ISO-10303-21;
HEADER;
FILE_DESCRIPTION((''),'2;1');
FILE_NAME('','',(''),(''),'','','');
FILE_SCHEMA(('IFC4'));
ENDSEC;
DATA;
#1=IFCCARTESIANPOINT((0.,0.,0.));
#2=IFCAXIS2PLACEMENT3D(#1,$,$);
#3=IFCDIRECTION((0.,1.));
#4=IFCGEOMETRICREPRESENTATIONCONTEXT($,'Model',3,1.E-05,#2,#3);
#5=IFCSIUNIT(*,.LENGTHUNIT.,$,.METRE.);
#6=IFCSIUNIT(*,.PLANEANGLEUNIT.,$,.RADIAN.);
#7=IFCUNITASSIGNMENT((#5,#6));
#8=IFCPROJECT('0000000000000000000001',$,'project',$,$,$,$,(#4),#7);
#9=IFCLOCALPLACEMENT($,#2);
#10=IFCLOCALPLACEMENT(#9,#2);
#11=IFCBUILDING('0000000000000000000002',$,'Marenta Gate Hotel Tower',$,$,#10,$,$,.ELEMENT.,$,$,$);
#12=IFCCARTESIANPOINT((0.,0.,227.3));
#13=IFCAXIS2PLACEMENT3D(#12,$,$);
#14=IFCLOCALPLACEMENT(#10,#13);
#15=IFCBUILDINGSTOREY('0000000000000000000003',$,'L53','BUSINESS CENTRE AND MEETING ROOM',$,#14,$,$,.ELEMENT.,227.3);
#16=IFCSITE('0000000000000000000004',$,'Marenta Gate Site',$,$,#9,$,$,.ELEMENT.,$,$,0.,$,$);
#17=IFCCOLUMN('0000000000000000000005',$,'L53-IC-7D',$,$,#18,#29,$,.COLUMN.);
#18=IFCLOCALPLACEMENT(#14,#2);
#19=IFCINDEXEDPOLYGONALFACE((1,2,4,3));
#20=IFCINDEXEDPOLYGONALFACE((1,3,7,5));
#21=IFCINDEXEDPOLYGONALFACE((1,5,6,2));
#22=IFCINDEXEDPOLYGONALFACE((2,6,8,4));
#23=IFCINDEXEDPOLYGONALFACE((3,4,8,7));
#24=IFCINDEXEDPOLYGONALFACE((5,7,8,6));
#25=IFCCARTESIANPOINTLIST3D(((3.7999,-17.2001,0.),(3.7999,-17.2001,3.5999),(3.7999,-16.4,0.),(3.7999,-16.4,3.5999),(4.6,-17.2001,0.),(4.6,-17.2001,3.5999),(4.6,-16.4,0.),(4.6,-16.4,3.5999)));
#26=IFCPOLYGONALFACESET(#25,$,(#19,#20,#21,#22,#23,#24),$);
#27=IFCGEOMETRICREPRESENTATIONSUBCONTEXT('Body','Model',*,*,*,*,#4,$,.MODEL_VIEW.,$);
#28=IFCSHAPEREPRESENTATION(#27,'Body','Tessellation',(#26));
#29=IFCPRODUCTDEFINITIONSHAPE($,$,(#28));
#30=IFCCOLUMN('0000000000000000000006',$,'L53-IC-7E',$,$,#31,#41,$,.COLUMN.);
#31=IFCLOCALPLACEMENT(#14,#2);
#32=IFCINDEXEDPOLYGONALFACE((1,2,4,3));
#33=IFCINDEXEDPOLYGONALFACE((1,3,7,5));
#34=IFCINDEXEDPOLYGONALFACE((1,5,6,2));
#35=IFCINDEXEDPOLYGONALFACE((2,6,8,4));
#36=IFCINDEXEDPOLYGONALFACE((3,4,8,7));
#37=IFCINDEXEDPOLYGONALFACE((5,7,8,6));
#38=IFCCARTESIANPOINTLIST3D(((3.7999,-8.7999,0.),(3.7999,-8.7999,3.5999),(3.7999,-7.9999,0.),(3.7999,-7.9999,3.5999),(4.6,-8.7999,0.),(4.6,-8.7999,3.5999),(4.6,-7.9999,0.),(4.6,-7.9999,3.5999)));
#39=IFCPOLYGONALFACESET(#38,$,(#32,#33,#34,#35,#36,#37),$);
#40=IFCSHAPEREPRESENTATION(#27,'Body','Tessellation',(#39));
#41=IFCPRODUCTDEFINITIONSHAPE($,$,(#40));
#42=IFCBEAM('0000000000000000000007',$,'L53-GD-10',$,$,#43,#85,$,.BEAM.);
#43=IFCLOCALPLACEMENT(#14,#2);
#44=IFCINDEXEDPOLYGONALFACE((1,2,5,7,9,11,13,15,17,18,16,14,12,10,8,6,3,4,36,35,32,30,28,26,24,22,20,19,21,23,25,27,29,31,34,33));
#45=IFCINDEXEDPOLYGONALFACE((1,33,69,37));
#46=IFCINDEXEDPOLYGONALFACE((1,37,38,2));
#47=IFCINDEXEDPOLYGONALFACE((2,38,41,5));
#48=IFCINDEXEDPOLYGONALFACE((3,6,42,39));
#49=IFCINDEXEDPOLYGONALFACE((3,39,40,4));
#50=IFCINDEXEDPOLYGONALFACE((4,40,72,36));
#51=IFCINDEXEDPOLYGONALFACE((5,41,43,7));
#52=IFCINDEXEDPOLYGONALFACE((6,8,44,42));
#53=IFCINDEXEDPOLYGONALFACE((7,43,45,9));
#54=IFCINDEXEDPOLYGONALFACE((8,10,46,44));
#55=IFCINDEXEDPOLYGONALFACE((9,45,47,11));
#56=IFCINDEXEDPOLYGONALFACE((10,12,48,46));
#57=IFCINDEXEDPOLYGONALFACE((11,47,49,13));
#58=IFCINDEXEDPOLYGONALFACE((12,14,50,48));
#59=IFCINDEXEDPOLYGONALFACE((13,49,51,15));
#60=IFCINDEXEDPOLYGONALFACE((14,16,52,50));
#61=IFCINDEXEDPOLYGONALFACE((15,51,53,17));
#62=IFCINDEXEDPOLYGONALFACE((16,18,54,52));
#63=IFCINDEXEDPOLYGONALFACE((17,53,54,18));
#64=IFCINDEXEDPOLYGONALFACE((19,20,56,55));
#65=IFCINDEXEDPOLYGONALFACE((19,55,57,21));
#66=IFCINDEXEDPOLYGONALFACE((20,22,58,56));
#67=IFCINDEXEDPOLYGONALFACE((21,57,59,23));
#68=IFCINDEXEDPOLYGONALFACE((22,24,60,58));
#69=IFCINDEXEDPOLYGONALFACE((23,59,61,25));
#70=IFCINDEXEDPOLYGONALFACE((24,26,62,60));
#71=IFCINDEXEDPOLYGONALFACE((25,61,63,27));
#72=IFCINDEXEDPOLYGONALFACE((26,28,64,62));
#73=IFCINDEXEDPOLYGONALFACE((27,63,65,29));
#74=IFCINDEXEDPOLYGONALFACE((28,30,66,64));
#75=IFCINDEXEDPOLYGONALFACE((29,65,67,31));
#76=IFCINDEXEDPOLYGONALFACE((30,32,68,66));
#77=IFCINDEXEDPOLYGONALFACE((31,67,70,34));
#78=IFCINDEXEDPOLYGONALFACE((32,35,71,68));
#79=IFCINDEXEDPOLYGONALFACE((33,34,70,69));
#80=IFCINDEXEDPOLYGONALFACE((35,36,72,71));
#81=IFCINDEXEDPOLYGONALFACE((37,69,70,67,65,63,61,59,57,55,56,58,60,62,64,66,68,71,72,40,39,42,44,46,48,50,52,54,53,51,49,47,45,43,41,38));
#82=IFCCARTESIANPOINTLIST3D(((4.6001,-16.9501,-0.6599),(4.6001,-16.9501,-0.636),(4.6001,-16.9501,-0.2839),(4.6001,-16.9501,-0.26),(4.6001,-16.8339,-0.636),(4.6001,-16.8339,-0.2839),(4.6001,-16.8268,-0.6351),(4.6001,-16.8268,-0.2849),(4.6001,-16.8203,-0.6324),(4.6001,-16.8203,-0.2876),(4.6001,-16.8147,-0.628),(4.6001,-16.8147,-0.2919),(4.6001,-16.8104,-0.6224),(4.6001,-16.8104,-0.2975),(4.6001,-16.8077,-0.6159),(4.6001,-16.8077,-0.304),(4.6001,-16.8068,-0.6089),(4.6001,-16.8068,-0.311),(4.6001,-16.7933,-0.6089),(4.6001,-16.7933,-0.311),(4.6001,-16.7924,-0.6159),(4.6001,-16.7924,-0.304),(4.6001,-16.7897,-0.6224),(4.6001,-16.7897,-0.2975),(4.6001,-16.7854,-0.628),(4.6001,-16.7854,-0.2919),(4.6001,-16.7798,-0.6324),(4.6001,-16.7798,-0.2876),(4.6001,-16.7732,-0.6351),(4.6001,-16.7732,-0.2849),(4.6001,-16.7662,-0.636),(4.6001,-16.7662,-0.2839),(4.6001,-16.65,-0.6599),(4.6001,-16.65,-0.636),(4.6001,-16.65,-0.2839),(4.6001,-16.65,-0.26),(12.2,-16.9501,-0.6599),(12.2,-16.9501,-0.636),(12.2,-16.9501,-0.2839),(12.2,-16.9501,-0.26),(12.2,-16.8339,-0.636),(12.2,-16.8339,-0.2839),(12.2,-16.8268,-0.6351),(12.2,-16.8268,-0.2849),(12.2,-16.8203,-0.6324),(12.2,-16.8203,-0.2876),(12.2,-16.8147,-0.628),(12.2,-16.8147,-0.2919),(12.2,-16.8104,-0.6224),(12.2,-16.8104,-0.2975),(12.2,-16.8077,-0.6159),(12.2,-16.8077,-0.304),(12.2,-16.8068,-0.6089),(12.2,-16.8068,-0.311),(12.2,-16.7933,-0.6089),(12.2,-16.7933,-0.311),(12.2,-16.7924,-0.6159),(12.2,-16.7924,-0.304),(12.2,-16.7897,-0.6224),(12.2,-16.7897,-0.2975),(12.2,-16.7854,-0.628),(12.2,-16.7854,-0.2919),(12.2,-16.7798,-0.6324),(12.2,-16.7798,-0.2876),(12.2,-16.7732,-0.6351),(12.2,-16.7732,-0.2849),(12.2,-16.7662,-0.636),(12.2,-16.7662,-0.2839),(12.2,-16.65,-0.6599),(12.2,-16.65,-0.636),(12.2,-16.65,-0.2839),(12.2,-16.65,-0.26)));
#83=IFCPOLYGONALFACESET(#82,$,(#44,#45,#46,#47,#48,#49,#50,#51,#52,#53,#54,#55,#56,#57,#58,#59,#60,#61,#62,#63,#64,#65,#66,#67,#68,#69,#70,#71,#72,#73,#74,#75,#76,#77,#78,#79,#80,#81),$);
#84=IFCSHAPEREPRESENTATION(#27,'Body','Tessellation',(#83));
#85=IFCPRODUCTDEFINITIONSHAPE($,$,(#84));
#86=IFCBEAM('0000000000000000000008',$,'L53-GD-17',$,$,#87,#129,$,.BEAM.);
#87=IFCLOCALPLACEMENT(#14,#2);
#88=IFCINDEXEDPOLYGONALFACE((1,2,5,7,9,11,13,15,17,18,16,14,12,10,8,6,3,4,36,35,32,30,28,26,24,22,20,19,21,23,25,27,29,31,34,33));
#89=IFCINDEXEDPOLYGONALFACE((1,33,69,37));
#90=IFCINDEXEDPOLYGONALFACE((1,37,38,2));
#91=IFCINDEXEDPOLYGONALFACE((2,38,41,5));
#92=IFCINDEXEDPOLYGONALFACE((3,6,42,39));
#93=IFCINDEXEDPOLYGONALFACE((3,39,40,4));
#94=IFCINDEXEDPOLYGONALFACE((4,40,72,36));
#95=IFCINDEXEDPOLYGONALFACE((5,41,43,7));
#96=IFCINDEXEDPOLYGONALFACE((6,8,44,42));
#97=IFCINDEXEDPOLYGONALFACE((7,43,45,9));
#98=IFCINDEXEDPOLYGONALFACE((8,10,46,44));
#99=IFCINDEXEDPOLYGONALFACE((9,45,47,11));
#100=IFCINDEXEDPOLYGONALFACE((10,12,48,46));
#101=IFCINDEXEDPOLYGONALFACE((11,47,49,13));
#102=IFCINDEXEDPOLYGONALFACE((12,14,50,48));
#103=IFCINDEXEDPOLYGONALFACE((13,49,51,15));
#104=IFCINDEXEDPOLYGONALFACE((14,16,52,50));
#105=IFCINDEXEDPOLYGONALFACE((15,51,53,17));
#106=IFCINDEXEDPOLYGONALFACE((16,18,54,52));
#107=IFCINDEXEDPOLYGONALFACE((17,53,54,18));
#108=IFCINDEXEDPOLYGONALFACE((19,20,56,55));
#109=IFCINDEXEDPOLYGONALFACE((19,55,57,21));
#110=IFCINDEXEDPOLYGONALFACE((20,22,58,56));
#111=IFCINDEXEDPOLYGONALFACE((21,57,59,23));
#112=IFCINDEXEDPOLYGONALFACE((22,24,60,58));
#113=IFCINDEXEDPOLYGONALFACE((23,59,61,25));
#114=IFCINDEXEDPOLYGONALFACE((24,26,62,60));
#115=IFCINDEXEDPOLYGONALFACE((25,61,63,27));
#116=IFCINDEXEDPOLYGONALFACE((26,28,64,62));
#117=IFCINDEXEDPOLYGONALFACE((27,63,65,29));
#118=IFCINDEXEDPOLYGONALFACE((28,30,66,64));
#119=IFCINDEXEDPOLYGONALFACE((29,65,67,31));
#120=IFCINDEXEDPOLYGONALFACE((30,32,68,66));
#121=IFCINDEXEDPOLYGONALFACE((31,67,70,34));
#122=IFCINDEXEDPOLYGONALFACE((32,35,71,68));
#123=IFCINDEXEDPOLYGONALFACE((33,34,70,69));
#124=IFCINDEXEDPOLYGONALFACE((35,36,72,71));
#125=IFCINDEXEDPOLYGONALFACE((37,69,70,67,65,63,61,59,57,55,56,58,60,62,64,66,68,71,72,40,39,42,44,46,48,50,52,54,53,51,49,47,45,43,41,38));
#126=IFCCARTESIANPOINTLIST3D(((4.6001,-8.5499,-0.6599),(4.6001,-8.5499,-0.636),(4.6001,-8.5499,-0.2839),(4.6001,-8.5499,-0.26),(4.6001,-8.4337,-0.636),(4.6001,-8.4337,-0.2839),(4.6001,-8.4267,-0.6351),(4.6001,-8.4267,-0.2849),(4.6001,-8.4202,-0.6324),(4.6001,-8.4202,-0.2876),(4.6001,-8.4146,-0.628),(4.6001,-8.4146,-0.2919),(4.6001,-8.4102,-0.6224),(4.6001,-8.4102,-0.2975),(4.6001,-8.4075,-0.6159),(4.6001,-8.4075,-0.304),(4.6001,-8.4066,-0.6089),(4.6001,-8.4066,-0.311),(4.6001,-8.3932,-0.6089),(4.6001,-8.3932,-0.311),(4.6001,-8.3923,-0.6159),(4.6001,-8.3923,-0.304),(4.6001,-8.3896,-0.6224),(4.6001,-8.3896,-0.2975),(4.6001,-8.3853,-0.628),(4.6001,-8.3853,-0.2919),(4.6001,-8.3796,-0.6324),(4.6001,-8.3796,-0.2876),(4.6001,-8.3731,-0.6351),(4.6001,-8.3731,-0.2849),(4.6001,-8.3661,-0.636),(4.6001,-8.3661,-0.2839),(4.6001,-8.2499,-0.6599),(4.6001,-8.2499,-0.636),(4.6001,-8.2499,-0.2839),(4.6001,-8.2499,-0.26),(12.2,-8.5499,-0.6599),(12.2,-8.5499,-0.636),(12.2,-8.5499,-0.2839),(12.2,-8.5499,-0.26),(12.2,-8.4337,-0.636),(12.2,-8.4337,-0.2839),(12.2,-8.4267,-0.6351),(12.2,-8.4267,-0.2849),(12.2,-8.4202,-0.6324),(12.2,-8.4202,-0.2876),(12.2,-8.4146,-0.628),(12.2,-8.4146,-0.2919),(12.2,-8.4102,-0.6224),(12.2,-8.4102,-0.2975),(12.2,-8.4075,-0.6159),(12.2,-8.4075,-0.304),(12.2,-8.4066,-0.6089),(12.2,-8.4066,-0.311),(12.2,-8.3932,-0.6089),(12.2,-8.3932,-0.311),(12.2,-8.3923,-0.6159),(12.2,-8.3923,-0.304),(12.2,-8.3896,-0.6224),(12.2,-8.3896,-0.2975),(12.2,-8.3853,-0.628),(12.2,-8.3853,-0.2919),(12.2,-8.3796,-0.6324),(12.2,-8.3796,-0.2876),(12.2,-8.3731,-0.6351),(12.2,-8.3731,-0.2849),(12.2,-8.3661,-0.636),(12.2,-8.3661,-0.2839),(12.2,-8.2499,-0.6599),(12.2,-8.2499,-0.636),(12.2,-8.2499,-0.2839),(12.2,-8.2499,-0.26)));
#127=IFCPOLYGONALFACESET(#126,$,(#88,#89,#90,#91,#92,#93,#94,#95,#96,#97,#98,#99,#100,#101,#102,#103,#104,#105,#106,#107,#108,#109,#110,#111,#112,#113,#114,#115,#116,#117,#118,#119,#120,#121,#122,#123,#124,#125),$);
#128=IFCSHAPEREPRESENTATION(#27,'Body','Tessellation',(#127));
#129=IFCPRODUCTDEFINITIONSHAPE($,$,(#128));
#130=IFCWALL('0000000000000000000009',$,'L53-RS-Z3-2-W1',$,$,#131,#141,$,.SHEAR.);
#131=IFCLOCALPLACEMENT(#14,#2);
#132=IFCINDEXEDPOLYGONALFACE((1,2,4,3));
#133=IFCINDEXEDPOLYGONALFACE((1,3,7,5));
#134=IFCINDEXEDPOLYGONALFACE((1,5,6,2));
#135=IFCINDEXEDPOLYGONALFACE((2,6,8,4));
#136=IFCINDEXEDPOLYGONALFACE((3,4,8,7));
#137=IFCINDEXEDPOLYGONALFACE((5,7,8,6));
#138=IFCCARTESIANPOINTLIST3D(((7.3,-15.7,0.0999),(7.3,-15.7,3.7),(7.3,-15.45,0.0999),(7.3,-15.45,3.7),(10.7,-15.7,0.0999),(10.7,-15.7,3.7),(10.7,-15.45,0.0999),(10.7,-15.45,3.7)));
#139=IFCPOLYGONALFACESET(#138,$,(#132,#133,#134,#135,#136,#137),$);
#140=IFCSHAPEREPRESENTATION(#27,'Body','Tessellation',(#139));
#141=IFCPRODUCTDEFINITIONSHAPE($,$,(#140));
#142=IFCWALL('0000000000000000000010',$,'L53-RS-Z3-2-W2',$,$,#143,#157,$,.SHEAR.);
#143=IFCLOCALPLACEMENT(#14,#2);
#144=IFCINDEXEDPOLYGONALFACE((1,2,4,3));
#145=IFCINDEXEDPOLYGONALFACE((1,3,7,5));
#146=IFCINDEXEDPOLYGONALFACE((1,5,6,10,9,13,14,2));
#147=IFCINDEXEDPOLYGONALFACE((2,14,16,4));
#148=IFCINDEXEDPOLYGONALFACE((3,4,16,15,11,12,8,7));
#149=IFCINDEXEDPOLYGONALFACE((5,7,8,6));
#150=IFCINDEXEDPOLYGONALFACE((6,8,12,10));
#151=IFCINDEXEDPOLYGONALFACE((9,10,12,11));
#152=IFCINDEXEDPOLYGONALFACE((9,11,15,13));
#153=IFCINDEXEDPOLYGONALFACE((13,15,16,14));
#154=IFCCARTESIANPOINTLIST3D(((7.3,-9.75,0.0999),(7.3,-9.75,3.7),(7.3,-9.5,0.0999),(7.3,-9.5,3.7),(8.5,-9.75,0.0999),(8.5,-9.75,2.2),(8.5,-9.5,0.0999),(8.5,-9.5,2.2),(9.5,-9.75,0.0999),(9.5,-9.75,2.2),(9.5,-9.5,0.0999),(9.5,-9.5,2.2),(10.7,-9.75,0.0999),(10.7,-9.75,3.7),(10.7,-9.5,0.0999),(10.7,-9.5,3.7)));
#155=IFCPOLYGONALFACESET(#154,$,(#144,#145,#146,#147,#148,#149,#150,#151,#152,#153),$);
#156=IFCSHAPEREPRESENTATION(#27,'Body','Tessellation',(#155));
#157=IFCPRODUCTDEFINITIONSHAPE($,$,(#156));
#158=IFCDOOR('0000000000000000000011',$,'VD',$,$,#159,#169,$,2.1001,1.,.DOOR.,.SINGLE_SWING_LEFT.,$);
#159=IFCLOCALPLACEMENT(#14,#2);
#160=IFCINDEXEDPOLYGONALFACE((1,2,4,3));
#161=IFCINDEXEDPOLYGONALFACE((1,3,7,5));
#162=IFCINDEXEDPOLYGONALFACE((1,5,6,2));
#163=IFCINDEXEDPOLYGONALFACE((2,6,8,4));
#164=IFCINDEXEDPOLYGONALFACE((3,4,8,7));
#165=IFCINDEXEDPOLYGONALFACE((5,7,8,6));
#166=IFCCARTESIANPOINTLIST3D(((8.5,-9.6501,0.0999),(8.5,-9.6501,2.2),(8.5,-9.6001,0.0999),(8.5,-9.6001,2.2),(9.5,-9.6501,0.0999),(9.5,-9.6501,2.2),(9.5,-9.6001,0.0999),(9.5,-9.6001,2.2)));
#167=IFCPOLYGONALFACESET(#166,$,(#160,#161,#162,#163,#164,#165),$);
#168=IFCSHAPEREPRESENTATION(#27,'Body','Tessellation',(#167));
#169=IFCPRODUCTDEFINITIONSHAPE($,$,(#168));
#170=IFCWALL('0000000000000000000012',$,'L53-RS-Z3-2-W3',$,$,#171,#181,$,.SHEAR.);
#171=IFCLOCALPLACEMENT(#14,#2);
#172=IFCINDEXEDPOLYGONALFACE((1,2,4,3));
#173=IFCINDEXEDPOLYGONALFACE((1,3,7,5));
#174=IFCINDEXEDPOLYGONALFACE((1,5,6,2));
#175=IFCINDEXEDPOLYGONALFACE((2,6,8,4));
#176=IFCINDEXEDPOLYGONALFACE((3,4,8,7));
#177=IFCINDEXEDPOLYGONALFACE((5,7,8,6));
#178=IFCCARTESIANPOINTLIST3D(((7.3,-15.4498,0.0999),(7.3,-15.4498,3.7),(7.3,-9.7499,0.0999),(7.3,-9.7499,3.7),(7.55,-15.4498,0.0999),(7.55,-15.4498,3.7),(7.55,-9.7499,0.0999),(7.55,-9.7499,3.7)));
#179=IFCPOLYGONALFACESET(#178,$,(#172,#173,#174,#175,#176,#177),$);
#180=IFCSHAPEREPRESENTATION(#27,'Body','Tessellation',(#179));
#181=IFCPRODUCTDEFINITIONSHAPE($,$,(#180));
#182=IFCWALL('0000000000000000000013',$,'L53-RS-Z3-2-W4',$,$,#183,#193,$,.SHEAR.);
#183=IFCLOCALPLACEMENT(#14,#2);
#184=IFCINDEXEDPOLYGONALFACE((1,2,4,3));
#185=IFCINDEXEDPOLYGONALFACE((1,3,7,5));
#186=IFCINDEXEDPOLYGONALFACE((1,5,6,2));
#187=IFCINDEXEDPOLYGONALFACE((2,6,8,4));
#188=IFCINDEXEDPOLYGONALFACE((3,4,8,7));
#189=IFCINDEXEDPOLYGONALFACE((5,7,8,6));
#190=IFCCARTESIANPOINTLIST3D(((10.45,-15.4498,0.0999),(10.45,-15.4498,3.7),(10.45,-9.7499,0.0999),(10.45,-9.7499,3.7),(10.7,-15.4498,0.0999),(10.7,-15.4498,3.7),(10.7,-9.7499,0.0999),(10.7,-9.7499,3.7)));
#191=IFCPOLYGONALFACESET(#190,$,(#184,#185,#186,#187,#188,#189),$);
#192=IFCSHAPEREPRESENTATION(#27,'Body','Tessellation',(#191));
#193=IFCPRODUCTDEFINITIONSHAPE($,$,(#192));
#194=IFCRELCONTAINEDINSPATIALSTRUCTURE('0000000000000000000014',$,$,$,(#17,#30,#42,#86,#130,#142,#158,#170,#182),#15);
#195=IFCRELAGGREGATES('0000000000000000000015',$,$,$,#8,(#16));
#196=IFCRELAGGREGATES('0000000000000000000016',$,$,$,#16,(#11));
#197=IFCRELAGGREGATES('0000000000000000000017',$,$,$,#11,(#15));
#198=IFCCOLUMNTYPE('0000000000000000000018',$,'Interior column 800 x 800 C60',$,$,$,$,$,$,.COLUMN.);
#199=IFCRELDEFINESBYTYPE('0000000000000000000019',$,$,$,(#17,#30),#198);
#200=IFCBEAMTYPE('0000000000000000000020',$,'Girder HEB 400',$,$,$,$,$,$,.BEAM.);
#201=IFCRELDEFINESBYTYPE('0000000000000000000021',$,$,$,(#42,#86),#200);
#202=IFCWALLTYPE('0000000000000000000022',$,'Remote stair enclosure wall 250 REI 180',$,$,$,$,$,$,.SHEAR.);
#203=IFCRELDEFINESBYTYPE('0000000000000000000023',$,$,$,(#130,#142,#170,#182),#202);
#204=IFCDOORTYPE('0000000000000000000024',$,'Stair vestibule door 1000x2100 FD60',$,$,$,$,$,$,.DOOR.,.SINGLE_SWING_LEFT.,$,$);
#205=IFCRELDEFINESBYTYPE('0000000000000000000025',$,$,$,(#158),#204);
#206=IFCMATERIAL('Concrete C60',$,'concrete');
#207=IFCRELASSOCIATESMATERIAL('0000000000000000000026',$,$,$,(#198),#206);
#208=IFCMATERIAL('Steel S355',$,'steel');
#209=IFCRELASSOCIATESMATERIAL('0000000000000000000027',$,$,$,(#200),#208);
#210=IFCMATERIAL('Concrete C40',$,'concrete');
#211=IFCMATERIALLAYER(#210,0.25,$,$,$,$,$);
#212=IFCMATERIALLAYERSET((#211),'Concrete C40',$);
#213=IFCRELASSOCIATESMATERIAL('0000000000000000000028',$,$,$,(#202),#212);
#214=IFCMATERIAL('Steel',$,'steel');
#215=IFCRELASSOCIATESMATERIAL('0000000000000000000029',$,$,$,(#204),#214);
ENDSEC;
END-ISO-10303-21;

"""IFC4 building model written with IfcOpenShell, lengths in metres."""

from ifc_helpers import new_model, si_unit, direction, frame, frame_2d, origin, origin_2d, place, context, subcontext, project, spatial, rectangle, i_section, extrude, material, layer, layer_set, material_profile, profile_set, type_object, element, fill, save


model = new_model("IFC4")

# Units and contexts
model_context = context("Model", 3, precision=1e-05, world=origin(), true_north=direction((0.0, 1.0)))
body_context = subcontext(model_context, "Body", "Model", "MODEL_VIEW")
ifc_project = project(units=[si_unit("LENGTHUNIT", "METRE"), si_unit("PLANEANGLEUNIT", "RADIAN")], contexts=[model_context])

# Site, building, storey
site_placement = place(None, origin())
site = spatial("IfcSite", under=ifc_project, at=site_placement, Name="Marenta Gate Site", CompositionType="ELEMENT", RefElevation=0.0)
building_placement = place(site_placement, origin())
building = spatial("IfcBuilding", under=site, at=building_placement, Name="Marenta Gate Hotel Tower", CompositionType="ELEMENT")
storey_placement = place(building_placement, frame((0.0, 0.0, 227.3)))
storey = spatial("IfcBuildingStorey", under=building, at=storey_placement, Name="L53", Description="BUSINESS CENTRE AND MEETING ROOM", CompositionType="ELEMENT", Elevation=227.3)

# Columns
ifc_material_1 = material(Name="Concrete C60", Category="concrete")
ifc_material_profile_1 = material_profile(ifc_material_1, rectangle(XDim=0.8, YDim=0.8, at=origin_2d()), Name="800 x 800")
ifc_profile_set_1 = profile_set([ifc_material_profile_1], Name="Concrete C60")
column_type = type_object("IfcColumnType", Name="Interior column 800 x 800 C60", PredefinedType="COLUMN", material=ifc_profile_set_1)
for number, where, z_axis, x_axis, name in (
    (1, (4.2, -16.8, 0.0), (0.0, 0.0, 1.0), (1.0, 0.0, 0.0), "L53-IC-7D"),
    (2, (4.2, -8.3999, 0.0), (0.0, 0.0, 1.0), (1.0, 0.0, 0.0), "L53-IC-7E"),
):
    element("IfcColumn", number, at=place(storey_placement, frame(where, z_axis=z_axis, x_axis=x_axis)), inside=storey, type_object=column_type, Name=name, PredefinedType="COLUMN", context=body_context, shape_type="SweptSolid", body=[
        extrude(rectangle(XDim=0.8, YDim=0.8, at=origin_2d()), origin(), (0.0, 0.0, 1.0), 3.5999),
    ])

# Beams
ifc_material_2 = material(Name="Steel S355", Category="steel")
ifc_material_profile_2 = material_profile(ifc_material_2, i_section(OverallWidth=0.3, OverallDepth=0.3999, WebThickness=0.0134, FlangeThickness=0.0239, FilletRadius=0.0271, at=origin_2d()), Name="HEB 400")
ifc_profile_set_2 = profile_set([ifc_material_profile_2], Name="Steel S355")
beam_type = type_object("IfcBeamType", Name="Girder HEB 400", PredefinedType="BEAM", material=ifc_profile_set_2)
for number, where, z_axis, x_axis, name in (
    (3, (4.6001, -16.8, -0.46), (1.0, 0.0, 0.0), (0.0, 1.0, 0.0), "L53-GD-10"),
    (4, (4.6001, -8.3999, -0.46), (1.0, 0.0, 0.0), (0.0, 1.0, 0.0), "L53-GD-17"),
):
    element("IfcBeam", number, at=place(storey_placement, frame(where, z_axis=z_axis, x_axis=x_axis)), inside=storey, type_object=beam_type, Name=name, PredefinedType="BEAM", context=body_context, shape_type="SweptSolid", body=[
        extrude(i_section(OverallWidth=0.3, OverallDepth=0.3999, WebThickness=0.0134, FlangeThickness=0.0239, FilletRadius=0.0271, at=origin_2d()), origin(), (0.0, 0.0, 1.0), 7.5999),
    ])

# Wall
ifc_material_3 = material(Name="Concrete C40", Category="concrete")
ifc_layer_1 = layer(ifc_material_3, 0.25)
ifc_layer_set_1 = layer_set([ifc_layer_1], Name="Concrete C40")
wall_type_1 = type_object("IfcWallType", Name="Remote stair enclosure wall 250 REI 180", PredefinedType="SHEAR", material=ifc_layer_set_1)
wall_1_placement = place(storey_placement, frame((7.3, -15.575, 0.0999), z_axis=(0.0, 0.0, 1.0), x_axis=(1.0, 0.0, 0.0)))
element("IfcWall", 5, at=wall_1_placement, inside=storey, type_object=wall_type_1, Name="L53-RS-Z3-2-W1", PredefinedType="SHEAR", context=body_context, shape_type="SweptSolid", body=[
    extrude(rectangle(XDim=3.3999, YDim=0.25, at=frame_2d((1.7, 0.0))), origin(), (0.0, 0.0, 1.0), 3.6001),
])

# Wall, opening, door
wall_2_placement = place(storey_placement, frame((7.3, -9.625, 0.0999), z_axis=(0.0, 0.0, 1.0), x_axis=(1.0, 0.0, 0.0)))
wall_2 = element("IfcWall", 6, at=wall_2_placement, inside=storey, type_object=wall_type_1, Name="L53-RS-Z3-2-W2", PredefinedType="SHEAR", context=body_context, shape_type="SweptSolid", body=[
    extrude(rectangle(XDim=3.3999, YDim=0.25, at=frame_2d((1.7, 0.0))), origin(), (0.0, 0.0, 1.0), 3.6001),
])
opening_1_placement = place(wall_2_placement, frame((1.2, 0.0, 0.0)))
opening_1 = element("IfcOpeningElement", 7, at=opening_1_placement, cuts=wall_2, PredefinedType="OPENING", context=body_context, shape_type="SweptSolid", body=[
    extrude(rectangle(XDim=1.0, YDim=2.1001, at=frame_2d((0.5, 1.05))), frame((0.0, 0.125, 0.0), z_axis=(0.0, -1.0, 0.0), x_axis=(1.0, 0.0, 0.0)), (0.0, 0.0, 1.0), 0.25),
])
ifc_material_4 = material(Name="Steel", Category="steel")
door_type_1 = type_object("IfcDoorType", Name="Stair vestibule door 1000x2100 FD60", OperationType="SINGLE_SWING_LEFT", PredefinedType="DOOR", material=ifc_material_4)
door_1_placement = place(opening_1_placement, origin())
door_1 = element("IfcDoor", 8, at=door_1_placement, inside=storey, type_object=door_type_1, Name="VD", OperationType="SINGLE_SWING_LEFT", OverallHeight=2.1001, OverallWidth=1.0, PredefinedType="DOOR", context=body_context, shape_type="SweptSolid", body=[
    extrude(rectangle(XDim=1.0, YDim=2.1001, at=frame_2d((0.5, 1.05))), frame((0.0, 0.0249, 0.0), z_axis=(0.0, -1.0, 0.0), x_axis=(1.0, 0.0, 0.0)), (0.0, 0.0, 1.0), 0.05),
])
fill(opening_1, door_1)

# Walls
for number, where, z_axis, x_axis, name in (
    (9, (7.425, -15.45, 0.0999), (0.0, 0.0, 1.0), (0.0, 1.0, 0.0), "L53-RS-Z3-2-W3"),
    (10, (10.575, -15.45, 0.0999), (0.0, 0.0, 1.0), (0.0, 1.0, 0.0), "L53-RS-Z3-2-W4"),
):
    element("IfcWall", number, at=place(storey_placement, frame(where, z_axis=z_axis, x_axis=x_axis)), inside=storey, type_object=wall_type_1, Name=name, PredefinedType="SHEAR", context=body_context, shape_type="SweptSolid", body=[
        extrude(rectangle(XDim=5.7, YDim=0.25, at=frame_2d((2.8501, 0.0))), origin(), (0.0, 0.0, 1.0), 3.6001),
    ])

save(model, "model.ifc")
